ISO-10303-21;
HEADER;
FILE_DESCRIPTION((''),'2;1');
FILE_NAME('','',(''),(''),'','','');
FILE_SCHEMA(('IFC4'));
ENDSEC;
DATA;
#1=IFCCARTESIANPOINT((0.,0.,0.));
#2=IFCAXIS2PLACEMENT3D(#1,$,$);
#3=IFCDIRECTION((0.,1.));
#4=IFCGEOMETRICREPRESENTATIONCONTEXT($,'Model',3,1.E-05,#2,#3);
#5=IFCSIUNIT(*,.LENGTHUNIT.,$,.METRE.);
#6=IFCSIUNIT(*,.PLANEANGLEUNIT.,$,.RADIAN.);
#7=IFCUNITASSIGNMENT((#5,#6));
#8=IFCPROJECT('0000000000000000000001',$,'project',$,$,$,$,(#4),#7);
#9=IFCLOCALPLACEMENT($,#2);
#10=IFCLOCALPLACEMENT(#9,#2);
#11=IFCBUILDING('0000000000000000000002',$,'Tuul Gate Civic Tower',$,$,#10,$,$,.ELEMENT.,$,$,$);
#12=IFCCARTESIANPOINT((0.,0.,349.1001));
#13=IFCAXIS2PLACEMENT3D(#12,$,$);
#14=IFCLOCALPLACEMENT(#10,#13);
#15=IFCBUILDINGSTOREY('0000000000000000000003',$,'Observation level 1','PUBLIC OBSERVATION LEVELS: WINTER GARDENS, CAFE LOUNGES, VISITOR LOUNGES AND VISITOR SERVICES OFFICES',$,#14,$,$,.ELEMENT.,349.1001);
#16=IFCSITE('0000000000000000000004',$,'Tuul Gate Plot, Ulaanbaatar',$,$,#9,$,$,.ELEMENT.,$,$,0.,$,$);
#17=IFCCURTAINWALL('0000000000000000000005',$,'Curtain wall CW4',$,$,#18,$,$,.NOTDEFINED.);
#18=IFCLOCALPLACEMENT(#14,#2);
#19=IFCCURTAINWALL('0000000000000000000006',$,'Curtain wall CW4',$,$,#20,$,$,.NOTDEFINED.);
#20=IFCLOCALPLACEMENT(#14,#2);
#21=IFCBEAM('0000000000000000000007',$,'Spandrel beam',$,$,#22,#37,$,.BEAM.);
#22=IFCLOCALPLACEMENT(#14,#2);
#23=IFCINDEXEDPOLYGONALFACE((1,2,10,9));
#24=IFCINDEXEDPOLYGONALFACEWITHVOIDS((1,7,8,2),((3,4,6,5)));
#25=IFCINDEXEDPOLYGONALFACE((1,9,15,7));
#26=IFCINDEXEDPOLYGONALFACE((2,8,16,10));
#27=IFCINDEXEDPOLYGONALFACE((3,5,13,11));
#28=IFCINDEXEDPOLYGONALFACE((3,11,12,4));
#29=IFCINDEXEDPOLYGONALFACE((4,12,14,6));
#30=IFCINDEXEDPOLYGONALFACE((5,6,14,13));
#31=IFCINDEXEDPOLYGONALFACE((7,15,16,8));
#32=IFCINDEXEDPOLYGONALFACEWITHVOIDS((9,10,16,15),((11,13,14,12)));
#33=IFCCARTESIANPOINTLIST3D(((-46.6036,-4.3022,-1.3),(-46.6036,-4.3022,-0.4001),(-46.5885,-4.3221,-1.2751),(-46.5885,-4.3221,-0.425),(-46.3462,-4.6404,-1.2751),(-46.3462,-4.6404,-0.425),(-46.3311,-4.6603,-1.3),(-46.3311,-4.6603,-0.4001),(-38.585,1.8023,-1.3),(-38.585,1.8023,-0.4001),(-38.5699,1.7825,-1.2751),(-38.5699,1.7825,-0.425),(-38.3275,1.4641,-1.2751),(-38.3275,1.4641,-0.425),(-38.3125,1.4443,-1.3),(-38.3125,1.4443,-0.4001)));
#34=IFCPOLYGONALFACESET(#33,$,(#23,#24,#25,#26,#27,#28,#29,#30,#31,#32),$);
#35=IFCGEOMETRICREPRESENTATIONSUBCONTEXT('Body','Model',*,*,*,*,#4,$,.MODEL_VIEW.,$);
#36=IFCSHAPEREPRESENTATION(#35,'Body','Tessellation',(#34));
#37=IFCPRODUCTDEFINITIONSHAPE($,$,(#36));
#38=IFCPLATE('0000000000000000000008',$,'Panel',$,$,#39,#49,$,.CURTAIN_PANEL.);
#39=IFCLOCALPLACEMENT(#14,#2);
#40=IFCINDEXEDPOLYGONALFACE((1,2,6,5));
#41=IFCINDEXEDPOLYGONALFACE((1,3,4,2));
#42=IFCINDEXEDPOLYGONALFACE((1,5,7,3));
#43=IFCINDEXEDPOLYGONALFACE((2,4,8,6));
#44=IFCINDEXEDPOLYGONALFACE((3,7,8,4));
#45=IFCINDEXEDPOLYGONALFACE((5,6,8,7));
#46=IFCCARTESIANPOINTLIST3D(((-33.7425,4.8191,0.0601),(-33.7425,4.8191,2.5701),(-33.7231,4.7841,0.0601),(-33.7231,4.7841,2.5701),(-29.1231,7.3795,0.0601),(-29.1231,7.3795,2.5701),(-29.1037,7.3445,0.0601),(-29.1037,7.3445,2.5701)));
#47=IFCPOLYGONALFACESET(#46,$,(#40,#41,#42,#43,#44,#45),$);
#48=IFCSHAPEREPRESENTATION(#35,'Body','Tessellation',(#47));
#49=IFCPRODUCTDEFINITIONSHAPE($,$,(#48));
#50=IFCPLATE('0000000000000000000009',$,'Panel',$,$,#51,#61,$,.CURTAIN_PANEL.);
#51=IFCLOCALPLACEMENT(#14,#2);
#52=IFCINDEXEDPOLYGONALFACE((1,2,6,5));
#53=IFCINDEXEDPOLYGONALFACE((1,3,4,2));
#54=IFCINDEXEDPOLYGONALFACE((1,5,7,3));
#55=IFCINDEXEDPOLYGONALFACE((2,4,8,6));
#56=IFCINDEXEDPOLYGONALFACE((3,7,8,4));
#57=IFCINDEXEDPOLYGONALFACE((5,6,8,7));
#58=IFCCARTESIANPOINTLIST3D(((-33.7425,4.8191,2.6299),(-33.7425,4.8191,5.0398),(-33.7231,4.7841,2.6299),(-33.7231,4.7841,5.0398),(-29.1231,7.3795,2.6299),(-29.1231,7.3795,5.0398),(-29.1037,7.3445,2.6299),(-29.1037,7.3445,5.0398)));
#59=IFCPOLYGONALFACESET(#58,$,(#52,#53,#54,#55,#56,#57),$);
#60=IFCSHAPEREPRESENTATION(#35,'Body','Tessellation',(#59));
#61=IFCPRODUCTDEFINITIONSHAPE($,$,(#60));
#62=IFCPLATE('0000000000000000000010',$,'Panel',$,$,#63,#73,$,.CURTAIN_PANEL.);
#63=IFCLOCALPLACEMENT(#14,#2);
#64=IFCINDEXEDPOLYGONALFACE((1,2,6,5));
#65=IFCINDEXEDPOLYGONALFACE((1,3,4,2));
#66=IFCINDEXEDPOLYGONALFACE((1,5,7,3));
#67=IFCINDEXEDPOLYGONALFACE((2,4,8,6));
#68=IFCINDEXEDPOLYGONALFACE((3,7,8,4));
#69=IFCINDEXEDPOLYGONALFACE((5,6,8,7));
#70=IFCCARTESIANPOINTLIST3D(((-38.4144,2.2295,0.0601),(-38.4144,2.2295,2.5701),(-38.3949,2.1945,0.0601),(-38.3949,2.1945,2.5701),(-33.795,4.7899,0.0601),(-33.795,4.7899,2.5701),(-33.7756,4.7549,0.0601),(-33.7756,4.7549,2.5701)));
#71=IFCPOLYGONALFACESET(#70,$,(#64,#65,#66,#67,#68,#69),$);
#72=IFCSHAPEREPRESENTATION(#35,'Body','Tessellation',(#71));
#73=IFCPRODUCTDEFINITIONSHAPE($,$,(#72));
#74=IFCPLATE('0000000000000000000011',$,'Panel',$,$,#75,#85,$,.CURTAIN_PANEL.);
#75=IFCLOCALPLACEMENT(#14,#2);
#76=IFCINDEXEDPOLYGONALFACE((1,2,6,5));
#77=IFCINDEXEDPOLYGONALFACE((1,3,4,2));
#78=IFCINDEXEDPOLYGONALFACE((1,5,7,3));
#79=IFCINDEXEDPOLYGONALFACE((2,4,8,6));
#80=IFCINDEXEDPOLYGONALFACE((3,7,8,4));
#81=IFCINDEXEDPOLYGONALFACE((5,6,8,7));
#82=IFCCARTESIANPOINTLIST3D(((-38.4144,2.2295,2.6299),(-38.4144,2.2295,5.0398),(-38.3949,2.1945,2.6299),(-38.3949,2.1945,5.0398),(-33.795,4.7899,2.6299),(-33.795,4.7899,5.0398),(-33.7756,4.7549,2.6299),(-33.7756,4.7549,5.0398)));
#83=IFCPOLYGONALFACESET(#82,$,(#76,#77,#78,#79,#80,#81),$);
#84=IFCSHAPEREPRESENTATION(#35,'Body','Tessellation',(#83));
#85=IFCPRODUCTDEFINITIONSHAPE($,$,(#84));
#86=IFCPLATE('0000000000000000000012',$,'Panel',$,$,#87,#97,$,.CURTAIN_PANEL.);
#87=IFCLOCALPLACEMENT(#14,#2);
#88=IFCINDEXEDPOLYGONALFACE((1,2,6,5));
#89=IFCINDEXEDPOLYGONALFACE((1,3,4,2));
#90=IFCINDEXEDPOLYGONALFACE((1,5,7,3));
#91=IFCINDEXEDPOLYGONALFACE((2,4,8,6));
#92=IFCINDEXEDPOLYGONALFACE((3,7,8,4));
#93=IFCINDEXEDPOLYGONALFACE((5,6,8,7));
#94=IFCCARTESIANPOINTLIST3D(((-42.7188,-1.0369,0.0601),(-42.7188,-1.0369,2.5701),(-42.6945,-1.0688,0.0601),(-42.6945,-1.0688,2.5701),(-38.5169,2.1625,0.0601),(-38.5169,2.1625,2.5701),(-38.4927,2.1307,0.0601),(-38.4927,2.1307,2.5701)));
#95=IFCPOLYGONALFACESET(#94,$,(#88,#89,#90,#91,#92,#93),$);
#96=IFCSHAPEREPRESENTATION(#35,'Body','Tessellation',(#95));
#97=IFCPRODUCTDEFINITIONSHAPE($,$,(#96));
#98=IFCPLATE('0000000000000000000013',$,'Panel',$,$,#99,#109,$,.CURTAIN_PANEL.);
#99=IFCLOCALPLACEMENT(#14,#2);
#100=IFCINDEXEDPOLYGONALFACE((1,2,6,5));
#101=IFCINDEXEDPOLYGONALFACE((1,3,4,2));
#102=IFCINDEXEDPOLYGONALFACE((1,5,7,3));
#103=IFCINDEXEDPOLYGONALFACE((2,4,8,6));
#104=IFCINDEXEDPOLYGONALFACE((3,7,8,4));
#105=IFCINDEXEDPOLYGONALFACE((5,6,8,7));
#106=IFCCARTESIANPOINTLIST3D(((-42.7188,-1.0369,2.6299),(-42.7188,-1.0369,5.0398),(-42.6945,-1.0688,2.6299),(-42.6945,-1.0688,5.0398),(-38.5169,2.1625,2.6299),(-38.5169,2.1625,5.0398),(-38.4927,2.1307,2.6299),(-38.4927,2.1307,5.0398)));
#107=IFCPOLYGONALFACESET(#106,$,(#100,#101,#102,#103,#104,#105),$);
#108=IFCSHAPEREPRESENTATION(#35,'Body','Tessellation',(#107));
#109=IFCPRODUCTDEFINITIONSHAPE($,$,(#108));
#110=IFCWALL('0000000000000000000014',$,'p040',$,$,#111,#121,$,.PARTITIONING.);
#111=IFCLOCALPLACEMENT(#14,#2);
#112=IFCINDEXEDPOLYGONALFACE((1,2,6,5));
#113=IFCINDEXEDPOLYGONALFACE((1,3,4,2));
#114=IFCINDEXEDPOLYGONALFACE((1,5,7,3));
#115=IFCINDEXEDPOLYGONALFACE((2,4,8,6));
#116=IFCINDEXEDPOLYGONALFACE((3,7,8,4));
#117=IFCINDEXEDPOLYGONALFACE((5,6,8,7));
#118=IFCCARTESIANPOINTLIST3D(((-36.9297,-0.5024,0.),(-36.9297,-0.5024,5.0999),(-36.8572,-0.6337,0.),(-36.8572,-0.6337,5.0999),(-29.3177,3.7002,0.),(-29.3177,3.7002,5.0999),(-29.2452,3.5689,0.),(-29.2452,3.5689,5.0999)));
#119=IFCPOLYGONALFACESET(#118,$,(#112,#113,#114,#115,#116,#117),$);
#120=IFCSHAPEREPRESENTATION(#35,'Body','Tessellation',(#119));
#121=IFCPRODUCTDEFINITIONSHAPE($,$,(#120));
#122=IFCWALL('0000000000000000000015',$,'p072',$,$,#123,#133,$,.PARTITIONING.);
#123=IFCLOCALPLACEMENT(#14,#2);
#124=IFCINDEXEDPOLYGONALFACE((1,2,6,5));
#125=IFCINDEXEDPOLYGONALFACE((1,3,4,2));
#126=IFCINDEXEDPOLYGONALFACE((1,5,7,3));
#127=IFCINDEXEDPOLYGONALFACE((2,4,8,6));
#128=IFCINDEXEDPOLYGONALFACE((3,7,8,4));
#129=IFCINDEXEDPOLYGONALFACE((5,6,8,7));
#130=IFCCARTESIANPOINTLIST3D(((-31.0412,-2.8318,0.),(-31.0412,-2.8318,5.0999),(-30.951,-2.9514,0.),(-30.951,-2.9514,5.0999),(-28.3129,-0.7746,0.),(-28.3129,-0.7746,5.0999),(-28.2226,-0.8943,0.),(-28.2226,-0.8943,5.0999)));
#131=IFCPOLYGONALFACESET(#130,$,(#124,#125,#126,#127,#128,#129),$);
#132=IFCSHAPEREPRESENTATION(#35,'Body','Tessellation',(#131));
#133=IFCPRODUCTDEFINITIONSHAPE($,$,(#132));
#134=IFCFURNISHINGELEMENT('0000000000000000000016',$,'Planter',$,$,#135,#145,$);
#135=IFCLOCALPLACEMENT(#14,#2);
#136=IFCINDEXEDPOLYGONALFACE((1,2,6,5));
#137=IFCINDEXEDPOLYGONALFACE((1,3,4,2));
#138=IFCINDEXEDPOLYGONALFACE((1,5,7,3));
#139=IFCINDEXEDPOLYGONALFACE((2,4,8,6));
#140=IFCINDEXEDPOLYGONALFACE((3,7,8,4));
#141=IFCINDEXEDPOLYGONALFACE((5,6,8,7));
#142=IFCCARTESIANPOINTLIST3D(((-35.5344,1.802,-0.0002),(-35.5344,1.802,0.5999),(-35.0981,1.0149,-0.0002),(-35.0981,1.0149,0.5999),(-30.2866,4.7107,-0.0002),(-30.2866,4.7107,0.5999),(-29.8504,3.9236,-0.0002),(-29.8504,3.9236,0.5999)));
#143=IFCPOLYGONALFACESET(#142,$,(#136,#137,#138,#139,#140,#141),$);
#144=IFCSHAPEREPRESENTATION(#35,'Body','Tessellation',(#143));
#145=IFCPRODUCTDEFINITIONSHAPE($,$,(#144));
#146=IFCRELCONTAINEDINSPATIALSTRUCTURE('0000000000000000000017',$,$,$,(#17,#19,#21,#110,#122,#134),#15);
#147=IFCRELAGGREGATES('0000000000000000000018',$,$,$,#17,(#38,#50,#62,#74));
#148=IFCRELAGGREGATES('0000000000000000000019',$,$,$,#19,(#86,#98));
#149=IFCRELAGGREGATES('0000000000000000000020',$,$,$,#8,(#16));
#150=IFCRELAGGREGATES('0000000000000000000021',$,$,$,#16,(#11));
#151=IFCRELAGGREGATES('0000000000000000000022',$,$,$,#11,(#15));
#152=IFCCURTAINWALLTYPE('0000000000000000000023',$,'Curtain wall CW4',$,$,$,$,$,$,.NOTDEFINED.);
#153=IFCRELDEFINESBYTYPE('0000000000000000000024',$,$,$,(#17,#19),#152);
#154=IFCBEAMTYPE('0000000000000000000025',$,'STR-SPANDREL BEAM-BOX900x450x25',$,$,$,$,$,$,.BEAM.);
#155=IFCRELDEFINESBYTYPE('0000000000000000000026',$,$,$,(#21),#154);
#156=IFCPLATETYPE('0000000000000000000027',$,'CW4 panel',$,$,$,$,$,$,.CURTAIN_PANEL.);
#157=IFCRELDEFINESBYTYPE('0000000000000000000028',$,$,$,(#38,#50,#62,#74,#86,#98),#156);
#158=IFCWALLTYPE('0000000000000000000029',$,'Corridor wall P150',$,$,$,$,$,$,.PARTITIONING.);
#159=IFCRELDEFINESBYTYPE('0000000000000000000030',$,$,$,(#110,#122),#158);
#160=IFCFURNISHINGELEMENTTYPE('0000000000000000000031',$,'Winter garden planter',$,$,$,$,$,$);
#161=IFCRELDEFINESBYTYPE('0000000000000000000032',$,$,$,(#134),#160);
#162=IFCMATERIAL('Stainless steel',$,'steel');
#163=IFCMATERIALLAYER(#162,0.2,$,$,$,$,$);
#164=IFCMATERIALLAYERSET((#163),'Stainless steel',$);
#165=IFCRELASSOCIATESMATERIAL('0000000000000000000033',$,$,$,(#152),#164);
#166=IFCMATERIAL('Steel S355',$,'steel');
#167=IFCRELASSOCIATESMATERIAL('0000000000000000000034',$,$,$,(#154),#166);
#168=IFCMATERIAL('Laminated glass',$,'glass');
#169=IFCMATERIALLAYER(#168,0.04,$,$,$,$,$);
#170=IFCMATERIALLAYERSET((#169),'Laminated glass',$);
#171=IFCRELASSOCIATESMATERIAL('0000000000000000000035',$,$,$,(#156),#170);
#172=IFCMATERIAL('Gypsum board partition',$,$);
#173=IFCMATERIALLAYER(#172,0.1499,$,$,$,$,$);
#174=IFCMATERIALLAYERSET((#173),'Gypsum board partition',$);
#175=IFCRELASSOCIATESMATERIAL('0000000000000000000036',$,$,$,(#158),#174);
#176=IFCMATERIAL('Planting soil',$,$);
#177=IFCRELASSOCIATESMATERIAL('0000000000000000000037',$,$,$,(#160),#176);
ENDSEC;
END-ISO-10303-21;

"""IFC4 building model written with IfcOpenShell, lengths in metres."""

from ifc_helpers import new_model, si_unit, direction, frame, frame_2d, origin, origin_2d, place, context, subcontext, project, spatial, rectangle, hollow_rectangle, extrude, material, layer, layer_set, material_profile, profile_set, type_object, element, aggregate, save


model = new_model("IFC4")

# Units and contexts
model_context = context("Model", 3, precision=1e-05, world=origin(), true_north=direction((0.0, 1.0)))
body_context = subcontext(model_context, "Body", "Model", "MODEL_VIEW")
ifc_project = project(units=[si_unit("LENGTHUNIT", "METRE"), si_unit("PLANEANGLEUNIT", "RADIAN")], contexts=[model_context])

# Site, building, storey
site_placement = place(None, origin())
site = spatial("IfcSite", under=ifc_project, at=site_placement, Name="Tuul Gate Plot, Ulaanbaatar", CompositionType="ELEMENT", RefElevation=0.0)
building_placement = place(site_placement, origin())
building = spatial("IfcBuilding", under=site, at=building_placement, Name="Tuul Gate Civic Tower", CompositionType="ELEMENT")
storey_placement = place(building_placement, frame((0.0, 0.0, 349.1001)))
storey = spatial("IfcBuildingStorey", under=building, at=storey_placement, Name="Observation level 1", Description="PUBLIC OBSERVATION LEVELS: WINTER GARDENS, CAFE LOUNGES, VISITOR LOUNGES AND VISITOR SERVICES OFFICES", CompositionType="ELEMENT", Elevation=349.1001)

# Curtain wall
ifc_material_1 = material(Name="Stainless steel", Category="steel")
ifc_layer_1 = layer(ifc_material_1, 0.2)
ifc_layer_set_1 = layer_set([ifc_layer_1], Name="Stainless steel")
curtain_wall_type = type_object("IfcCurtainWallType", Name="Curtain wall CW4", PredefinedType="NOTDEFINED", material=ifc_layer_set_1)
curtain_wall_1_placement = place(storey_placement, origin())
curtain_wall_1 = element("IfcCurtainWall", 1, at=curtain_wall_1_placement, inside=storey, type_object=curtain_wall_type, Name="Curtain wall CW4", PredefinedType="NOTDEFINED")

# Curtain wall
curtain_wall_2_placement = place(storey_placement, origin())
curtain_wall_2 = element("IfcCurtainWall", 2, at=curtain_wall_2_placement, inside=storey, type_object=curtain_wall_type, Name="Curtain wall CW4", PredefinedType="NOTDEFINED")

# Beam
ifc_material_2 = material(Name="Steel S355", Category="steel")
ifc_material_profile_1 = material_profile(ifc_material_2, hollow_rectangle(XDim=0.45, YDim=0.8999, WallThickness=0.0249, at=origin_2d()), Name="BOX900x450x25")
ifc_profile_set_1 = profile_set([ifc_material_profile_1], Name="Steel S355")
beam_type = type_object("IfcBeamType", Name="STR-SPANDREL BEAM-BOX900x450x25", PredefinedType="BEAM", material=ifc_profile_set_1)
beam_placement = place(storey_placement, frame((-38.4487, 1.6233, -0.8501), z_axis=(-0.795665, -0.605737, 0.0), x_axis=(0.605737, -0.795665, 0.0)))
element("IfcBeam", 3, at=beam_placement, inside=storey, type_object=beam_type, Name="Spandrel beam", PredefinedType="BEAM", context=body_context, shape_type="SweptSolid", body=[
    extrude(hollow_rectangle(XDim=0.45, YDim=0.8999, WallThickness=0.0249, at=origin_2d()), origin(), (0.0, 0.0, 1.0), 10.0779),
])

# Plates
ifc_material_3 = material(Name="Laminated glass", Category="glass")
ifc_layer_2 = layer(ifc_material_3, 0.04)
ifc_layer_set_2 = layer_set([ifc_layer_2], Name="Laminated glass")
plate_type = type_object("IfcPlateType", Name="CW4 panel", PredefinedType="CURTAIN_PANEL", material=ifc_layer_set_2)
plate_1_placement = place(storey_placement, frame((-31.4231, 6.0818, 0.0601), z_axis=(0.0, 0.0, 1.0), x_axis=(-0.874631, -0.484789, 0.0)))
plate_1 = element("IfcPlate", 4, at=plate_1_placement, type_object=plate_type, Name="Panel", PredefinedType="CURTAIN_PANEL", context=body_context, shape_type="SweptSolid", body=[
    extrude(rectangle(XDim=5.2815, YDim=0.04, at=origin_2d()), origin(), (0.0, 0.0, 1.0), 2.51),
])
plate_2_placement = place(storey_placement, frame((-31.4231, 6.0818, 2.6299), z_axis=(0.0, 0.0, 1.0), x_axis=(-0.874631, -0.484789, 0.0)))
plate_2 = element("IfcPlate", 5, at=plate_2_placement, type_object=plate_type, Name="Panel", PredefinedType="CURTAIN_PANEL", context=body_context, shape_type="SweptSolid", body=[
    extrude(rectangle(XDim=5.2815, YDim=0.04, at=origin_2d()), origin(), (0.0, 0.0, 1.0), 2.4099),
])
plate_3_placement = place(storey_placement, frame((-36.095, 3.4922, 0.0601), z_axis=(0.0, 0.0, 1.0), x_axis=(-0.874631, -0.484789, 0.0)))
plate_3 = element("IfcPlate", 6, at=plate_3_placement, type_object=plate_type, Name="Panel", PredefinedType="CURTAIN_PANEL", context=body_context, shape_type="SweptSolid", body=[
    extrude(rectangle(XDim=5.2815, YDim=0.04, at=origin_2d()), origin(), (0.0, 0.0, 1.0), 2.51),
])
plate_4_placement = place(storey_placement, frame((-36.095, 3.4922, 2.6299), z_axis=(0.0, 0.0, 1.0), x_axis=(-0.874631, -0.484789, 0.0)))
plate_4 = element("IfcPlate", 7, at=plate_4_placement, type_object=plate_type, Name="Panel", PredefinedType="CURTAIN_PANEL", context=body_context, shape_type="SweptSolid", body=[
    extrude(rectangle(XDim=5.2815, YDim=0.04, at=origin_2d()), origin(), (0.0, 0.0, 1.0), 2.4099),
])
aggregate(curtain_wall_1, [plate_1, plate_2, plate_3, plate_4])
plate_5_placement = place(storey_placement, frame((-40.6057, 0.5469, 0.0601), z_axis=(0.0, 0.0, 1.0), x_axis=(-0.795611, -0.605808, 0.0)))
plate_5 = element("IfcPlate", 8, at=plate_5_placement, type_object=plate_type, Name="Panel", PredefinedType="CURTAIN_PANEL", context=body_context, shape_type="SweptSolid", body=[
    extrude(rectangle(XDim=5.2812, YDim=0.04, at=origin_2d()), origin(), (0.0, 0.0, 1.0), 2.51),
])
plate_6_placement = place(storey_placement, frame((-40.6057, 0.5469, 2.6299), z_axis=(0.0, 0.0, 1.0), x_axis=(-0.795611, -0.605808, 0.0)))
plate_6 = element("IfcPlate", 9, at=plate_6_placement, type_object=plate_type, Name="Panel", PredefinedType="CURTAIN_PANEL", context=body_context, shape_type="SweptSolid", body=[
    extrude(rectangle(XDim=5.2812, YDim=0.04, at=origin_2d()), origin(), (0.0, 0.0, 1.0), 2.4099),
])
aggregate(curtain_wall_2, [plate_5, plate_6])

# Walls
ifc_material_4 = material(Name="Gypsum board partition")
ifc_layer_3 = layer(ifc_material_4, 0.1499)
ifc_layer_set_3 = layer_set([ifc_layer_3], Name="Gypsum board partition")
wall_type = type_object("IfcWallType", Name="Corridor wall P150", PredefinedType="PARTITIONING", material=ifc_layer_set_3)
wall_1_placement = place(storey_placement, frame((-36.8936, -0.5681, 0.0), z_axis=(0.0, 0.0, 1.0), x_axis=(0.875438, 0.483331, 0.0)))
element("IfcWall", 10, at=wall_1_placement, inside=storey, type_object=wall_type, Name="p040", PredefinedType="PARTITIONING", context=body_context, shape_type="SweptSolid", body=[
    extrude(rectangle(XDim=8.6951, YDim=0.1499, at=frame_2d((4.3477, 0.0))), origin(), (0.0, 0.0, 1.0), 5.0999),
])
wall_2_placement = place(storey_placement, frame((-30.9961, -2.8916, 0.0), z_axis=(0.0, 0.0, 1.0), x_axis=(0.798463, 0.602044, 0.0)))
element("IfcWall", 11, at=wall_2_placement, inside=storey, type_object=wall_type, Name="p072", PredefinedType="PARTITIONING", context=body_context, shape_type="SweptSolid", body=[
    extrude(rectangle(XDim=3.417, YDim=0.1499, at=frame_2d((1.7085, 0.0))), origin(), (0.0, 0.0, 1.0), 5.0999),
])

# Furnishing element
ifc_material_5 = material(Name="Planting soil")
furnishing_element_type = type_object("IfcFurnishingElementType", Name="Winter garden planter", material=ifc_material_5)
furnishing_placement = place(storey_placement, frame((-32.6924, 2.8628, -0.0002), z_axis=(0.0, 0.0, 1.0), x_axis=(-0.874631, -0.484789, 0.0)))
element("IfcFurnishingElement", 12, at=furnishing_placement, inside=storey, type_object=furnishing_element_type, Name="Planter", context=body_context, shape_type="SweptSolid", body=[
    extrude(rectangle(XDim=6.0, YDim=0.8999, at=origin_2d()), origin(), (0.0, 0.0, 1.0), 0.6001),
])

save(model, "model.ifc")
